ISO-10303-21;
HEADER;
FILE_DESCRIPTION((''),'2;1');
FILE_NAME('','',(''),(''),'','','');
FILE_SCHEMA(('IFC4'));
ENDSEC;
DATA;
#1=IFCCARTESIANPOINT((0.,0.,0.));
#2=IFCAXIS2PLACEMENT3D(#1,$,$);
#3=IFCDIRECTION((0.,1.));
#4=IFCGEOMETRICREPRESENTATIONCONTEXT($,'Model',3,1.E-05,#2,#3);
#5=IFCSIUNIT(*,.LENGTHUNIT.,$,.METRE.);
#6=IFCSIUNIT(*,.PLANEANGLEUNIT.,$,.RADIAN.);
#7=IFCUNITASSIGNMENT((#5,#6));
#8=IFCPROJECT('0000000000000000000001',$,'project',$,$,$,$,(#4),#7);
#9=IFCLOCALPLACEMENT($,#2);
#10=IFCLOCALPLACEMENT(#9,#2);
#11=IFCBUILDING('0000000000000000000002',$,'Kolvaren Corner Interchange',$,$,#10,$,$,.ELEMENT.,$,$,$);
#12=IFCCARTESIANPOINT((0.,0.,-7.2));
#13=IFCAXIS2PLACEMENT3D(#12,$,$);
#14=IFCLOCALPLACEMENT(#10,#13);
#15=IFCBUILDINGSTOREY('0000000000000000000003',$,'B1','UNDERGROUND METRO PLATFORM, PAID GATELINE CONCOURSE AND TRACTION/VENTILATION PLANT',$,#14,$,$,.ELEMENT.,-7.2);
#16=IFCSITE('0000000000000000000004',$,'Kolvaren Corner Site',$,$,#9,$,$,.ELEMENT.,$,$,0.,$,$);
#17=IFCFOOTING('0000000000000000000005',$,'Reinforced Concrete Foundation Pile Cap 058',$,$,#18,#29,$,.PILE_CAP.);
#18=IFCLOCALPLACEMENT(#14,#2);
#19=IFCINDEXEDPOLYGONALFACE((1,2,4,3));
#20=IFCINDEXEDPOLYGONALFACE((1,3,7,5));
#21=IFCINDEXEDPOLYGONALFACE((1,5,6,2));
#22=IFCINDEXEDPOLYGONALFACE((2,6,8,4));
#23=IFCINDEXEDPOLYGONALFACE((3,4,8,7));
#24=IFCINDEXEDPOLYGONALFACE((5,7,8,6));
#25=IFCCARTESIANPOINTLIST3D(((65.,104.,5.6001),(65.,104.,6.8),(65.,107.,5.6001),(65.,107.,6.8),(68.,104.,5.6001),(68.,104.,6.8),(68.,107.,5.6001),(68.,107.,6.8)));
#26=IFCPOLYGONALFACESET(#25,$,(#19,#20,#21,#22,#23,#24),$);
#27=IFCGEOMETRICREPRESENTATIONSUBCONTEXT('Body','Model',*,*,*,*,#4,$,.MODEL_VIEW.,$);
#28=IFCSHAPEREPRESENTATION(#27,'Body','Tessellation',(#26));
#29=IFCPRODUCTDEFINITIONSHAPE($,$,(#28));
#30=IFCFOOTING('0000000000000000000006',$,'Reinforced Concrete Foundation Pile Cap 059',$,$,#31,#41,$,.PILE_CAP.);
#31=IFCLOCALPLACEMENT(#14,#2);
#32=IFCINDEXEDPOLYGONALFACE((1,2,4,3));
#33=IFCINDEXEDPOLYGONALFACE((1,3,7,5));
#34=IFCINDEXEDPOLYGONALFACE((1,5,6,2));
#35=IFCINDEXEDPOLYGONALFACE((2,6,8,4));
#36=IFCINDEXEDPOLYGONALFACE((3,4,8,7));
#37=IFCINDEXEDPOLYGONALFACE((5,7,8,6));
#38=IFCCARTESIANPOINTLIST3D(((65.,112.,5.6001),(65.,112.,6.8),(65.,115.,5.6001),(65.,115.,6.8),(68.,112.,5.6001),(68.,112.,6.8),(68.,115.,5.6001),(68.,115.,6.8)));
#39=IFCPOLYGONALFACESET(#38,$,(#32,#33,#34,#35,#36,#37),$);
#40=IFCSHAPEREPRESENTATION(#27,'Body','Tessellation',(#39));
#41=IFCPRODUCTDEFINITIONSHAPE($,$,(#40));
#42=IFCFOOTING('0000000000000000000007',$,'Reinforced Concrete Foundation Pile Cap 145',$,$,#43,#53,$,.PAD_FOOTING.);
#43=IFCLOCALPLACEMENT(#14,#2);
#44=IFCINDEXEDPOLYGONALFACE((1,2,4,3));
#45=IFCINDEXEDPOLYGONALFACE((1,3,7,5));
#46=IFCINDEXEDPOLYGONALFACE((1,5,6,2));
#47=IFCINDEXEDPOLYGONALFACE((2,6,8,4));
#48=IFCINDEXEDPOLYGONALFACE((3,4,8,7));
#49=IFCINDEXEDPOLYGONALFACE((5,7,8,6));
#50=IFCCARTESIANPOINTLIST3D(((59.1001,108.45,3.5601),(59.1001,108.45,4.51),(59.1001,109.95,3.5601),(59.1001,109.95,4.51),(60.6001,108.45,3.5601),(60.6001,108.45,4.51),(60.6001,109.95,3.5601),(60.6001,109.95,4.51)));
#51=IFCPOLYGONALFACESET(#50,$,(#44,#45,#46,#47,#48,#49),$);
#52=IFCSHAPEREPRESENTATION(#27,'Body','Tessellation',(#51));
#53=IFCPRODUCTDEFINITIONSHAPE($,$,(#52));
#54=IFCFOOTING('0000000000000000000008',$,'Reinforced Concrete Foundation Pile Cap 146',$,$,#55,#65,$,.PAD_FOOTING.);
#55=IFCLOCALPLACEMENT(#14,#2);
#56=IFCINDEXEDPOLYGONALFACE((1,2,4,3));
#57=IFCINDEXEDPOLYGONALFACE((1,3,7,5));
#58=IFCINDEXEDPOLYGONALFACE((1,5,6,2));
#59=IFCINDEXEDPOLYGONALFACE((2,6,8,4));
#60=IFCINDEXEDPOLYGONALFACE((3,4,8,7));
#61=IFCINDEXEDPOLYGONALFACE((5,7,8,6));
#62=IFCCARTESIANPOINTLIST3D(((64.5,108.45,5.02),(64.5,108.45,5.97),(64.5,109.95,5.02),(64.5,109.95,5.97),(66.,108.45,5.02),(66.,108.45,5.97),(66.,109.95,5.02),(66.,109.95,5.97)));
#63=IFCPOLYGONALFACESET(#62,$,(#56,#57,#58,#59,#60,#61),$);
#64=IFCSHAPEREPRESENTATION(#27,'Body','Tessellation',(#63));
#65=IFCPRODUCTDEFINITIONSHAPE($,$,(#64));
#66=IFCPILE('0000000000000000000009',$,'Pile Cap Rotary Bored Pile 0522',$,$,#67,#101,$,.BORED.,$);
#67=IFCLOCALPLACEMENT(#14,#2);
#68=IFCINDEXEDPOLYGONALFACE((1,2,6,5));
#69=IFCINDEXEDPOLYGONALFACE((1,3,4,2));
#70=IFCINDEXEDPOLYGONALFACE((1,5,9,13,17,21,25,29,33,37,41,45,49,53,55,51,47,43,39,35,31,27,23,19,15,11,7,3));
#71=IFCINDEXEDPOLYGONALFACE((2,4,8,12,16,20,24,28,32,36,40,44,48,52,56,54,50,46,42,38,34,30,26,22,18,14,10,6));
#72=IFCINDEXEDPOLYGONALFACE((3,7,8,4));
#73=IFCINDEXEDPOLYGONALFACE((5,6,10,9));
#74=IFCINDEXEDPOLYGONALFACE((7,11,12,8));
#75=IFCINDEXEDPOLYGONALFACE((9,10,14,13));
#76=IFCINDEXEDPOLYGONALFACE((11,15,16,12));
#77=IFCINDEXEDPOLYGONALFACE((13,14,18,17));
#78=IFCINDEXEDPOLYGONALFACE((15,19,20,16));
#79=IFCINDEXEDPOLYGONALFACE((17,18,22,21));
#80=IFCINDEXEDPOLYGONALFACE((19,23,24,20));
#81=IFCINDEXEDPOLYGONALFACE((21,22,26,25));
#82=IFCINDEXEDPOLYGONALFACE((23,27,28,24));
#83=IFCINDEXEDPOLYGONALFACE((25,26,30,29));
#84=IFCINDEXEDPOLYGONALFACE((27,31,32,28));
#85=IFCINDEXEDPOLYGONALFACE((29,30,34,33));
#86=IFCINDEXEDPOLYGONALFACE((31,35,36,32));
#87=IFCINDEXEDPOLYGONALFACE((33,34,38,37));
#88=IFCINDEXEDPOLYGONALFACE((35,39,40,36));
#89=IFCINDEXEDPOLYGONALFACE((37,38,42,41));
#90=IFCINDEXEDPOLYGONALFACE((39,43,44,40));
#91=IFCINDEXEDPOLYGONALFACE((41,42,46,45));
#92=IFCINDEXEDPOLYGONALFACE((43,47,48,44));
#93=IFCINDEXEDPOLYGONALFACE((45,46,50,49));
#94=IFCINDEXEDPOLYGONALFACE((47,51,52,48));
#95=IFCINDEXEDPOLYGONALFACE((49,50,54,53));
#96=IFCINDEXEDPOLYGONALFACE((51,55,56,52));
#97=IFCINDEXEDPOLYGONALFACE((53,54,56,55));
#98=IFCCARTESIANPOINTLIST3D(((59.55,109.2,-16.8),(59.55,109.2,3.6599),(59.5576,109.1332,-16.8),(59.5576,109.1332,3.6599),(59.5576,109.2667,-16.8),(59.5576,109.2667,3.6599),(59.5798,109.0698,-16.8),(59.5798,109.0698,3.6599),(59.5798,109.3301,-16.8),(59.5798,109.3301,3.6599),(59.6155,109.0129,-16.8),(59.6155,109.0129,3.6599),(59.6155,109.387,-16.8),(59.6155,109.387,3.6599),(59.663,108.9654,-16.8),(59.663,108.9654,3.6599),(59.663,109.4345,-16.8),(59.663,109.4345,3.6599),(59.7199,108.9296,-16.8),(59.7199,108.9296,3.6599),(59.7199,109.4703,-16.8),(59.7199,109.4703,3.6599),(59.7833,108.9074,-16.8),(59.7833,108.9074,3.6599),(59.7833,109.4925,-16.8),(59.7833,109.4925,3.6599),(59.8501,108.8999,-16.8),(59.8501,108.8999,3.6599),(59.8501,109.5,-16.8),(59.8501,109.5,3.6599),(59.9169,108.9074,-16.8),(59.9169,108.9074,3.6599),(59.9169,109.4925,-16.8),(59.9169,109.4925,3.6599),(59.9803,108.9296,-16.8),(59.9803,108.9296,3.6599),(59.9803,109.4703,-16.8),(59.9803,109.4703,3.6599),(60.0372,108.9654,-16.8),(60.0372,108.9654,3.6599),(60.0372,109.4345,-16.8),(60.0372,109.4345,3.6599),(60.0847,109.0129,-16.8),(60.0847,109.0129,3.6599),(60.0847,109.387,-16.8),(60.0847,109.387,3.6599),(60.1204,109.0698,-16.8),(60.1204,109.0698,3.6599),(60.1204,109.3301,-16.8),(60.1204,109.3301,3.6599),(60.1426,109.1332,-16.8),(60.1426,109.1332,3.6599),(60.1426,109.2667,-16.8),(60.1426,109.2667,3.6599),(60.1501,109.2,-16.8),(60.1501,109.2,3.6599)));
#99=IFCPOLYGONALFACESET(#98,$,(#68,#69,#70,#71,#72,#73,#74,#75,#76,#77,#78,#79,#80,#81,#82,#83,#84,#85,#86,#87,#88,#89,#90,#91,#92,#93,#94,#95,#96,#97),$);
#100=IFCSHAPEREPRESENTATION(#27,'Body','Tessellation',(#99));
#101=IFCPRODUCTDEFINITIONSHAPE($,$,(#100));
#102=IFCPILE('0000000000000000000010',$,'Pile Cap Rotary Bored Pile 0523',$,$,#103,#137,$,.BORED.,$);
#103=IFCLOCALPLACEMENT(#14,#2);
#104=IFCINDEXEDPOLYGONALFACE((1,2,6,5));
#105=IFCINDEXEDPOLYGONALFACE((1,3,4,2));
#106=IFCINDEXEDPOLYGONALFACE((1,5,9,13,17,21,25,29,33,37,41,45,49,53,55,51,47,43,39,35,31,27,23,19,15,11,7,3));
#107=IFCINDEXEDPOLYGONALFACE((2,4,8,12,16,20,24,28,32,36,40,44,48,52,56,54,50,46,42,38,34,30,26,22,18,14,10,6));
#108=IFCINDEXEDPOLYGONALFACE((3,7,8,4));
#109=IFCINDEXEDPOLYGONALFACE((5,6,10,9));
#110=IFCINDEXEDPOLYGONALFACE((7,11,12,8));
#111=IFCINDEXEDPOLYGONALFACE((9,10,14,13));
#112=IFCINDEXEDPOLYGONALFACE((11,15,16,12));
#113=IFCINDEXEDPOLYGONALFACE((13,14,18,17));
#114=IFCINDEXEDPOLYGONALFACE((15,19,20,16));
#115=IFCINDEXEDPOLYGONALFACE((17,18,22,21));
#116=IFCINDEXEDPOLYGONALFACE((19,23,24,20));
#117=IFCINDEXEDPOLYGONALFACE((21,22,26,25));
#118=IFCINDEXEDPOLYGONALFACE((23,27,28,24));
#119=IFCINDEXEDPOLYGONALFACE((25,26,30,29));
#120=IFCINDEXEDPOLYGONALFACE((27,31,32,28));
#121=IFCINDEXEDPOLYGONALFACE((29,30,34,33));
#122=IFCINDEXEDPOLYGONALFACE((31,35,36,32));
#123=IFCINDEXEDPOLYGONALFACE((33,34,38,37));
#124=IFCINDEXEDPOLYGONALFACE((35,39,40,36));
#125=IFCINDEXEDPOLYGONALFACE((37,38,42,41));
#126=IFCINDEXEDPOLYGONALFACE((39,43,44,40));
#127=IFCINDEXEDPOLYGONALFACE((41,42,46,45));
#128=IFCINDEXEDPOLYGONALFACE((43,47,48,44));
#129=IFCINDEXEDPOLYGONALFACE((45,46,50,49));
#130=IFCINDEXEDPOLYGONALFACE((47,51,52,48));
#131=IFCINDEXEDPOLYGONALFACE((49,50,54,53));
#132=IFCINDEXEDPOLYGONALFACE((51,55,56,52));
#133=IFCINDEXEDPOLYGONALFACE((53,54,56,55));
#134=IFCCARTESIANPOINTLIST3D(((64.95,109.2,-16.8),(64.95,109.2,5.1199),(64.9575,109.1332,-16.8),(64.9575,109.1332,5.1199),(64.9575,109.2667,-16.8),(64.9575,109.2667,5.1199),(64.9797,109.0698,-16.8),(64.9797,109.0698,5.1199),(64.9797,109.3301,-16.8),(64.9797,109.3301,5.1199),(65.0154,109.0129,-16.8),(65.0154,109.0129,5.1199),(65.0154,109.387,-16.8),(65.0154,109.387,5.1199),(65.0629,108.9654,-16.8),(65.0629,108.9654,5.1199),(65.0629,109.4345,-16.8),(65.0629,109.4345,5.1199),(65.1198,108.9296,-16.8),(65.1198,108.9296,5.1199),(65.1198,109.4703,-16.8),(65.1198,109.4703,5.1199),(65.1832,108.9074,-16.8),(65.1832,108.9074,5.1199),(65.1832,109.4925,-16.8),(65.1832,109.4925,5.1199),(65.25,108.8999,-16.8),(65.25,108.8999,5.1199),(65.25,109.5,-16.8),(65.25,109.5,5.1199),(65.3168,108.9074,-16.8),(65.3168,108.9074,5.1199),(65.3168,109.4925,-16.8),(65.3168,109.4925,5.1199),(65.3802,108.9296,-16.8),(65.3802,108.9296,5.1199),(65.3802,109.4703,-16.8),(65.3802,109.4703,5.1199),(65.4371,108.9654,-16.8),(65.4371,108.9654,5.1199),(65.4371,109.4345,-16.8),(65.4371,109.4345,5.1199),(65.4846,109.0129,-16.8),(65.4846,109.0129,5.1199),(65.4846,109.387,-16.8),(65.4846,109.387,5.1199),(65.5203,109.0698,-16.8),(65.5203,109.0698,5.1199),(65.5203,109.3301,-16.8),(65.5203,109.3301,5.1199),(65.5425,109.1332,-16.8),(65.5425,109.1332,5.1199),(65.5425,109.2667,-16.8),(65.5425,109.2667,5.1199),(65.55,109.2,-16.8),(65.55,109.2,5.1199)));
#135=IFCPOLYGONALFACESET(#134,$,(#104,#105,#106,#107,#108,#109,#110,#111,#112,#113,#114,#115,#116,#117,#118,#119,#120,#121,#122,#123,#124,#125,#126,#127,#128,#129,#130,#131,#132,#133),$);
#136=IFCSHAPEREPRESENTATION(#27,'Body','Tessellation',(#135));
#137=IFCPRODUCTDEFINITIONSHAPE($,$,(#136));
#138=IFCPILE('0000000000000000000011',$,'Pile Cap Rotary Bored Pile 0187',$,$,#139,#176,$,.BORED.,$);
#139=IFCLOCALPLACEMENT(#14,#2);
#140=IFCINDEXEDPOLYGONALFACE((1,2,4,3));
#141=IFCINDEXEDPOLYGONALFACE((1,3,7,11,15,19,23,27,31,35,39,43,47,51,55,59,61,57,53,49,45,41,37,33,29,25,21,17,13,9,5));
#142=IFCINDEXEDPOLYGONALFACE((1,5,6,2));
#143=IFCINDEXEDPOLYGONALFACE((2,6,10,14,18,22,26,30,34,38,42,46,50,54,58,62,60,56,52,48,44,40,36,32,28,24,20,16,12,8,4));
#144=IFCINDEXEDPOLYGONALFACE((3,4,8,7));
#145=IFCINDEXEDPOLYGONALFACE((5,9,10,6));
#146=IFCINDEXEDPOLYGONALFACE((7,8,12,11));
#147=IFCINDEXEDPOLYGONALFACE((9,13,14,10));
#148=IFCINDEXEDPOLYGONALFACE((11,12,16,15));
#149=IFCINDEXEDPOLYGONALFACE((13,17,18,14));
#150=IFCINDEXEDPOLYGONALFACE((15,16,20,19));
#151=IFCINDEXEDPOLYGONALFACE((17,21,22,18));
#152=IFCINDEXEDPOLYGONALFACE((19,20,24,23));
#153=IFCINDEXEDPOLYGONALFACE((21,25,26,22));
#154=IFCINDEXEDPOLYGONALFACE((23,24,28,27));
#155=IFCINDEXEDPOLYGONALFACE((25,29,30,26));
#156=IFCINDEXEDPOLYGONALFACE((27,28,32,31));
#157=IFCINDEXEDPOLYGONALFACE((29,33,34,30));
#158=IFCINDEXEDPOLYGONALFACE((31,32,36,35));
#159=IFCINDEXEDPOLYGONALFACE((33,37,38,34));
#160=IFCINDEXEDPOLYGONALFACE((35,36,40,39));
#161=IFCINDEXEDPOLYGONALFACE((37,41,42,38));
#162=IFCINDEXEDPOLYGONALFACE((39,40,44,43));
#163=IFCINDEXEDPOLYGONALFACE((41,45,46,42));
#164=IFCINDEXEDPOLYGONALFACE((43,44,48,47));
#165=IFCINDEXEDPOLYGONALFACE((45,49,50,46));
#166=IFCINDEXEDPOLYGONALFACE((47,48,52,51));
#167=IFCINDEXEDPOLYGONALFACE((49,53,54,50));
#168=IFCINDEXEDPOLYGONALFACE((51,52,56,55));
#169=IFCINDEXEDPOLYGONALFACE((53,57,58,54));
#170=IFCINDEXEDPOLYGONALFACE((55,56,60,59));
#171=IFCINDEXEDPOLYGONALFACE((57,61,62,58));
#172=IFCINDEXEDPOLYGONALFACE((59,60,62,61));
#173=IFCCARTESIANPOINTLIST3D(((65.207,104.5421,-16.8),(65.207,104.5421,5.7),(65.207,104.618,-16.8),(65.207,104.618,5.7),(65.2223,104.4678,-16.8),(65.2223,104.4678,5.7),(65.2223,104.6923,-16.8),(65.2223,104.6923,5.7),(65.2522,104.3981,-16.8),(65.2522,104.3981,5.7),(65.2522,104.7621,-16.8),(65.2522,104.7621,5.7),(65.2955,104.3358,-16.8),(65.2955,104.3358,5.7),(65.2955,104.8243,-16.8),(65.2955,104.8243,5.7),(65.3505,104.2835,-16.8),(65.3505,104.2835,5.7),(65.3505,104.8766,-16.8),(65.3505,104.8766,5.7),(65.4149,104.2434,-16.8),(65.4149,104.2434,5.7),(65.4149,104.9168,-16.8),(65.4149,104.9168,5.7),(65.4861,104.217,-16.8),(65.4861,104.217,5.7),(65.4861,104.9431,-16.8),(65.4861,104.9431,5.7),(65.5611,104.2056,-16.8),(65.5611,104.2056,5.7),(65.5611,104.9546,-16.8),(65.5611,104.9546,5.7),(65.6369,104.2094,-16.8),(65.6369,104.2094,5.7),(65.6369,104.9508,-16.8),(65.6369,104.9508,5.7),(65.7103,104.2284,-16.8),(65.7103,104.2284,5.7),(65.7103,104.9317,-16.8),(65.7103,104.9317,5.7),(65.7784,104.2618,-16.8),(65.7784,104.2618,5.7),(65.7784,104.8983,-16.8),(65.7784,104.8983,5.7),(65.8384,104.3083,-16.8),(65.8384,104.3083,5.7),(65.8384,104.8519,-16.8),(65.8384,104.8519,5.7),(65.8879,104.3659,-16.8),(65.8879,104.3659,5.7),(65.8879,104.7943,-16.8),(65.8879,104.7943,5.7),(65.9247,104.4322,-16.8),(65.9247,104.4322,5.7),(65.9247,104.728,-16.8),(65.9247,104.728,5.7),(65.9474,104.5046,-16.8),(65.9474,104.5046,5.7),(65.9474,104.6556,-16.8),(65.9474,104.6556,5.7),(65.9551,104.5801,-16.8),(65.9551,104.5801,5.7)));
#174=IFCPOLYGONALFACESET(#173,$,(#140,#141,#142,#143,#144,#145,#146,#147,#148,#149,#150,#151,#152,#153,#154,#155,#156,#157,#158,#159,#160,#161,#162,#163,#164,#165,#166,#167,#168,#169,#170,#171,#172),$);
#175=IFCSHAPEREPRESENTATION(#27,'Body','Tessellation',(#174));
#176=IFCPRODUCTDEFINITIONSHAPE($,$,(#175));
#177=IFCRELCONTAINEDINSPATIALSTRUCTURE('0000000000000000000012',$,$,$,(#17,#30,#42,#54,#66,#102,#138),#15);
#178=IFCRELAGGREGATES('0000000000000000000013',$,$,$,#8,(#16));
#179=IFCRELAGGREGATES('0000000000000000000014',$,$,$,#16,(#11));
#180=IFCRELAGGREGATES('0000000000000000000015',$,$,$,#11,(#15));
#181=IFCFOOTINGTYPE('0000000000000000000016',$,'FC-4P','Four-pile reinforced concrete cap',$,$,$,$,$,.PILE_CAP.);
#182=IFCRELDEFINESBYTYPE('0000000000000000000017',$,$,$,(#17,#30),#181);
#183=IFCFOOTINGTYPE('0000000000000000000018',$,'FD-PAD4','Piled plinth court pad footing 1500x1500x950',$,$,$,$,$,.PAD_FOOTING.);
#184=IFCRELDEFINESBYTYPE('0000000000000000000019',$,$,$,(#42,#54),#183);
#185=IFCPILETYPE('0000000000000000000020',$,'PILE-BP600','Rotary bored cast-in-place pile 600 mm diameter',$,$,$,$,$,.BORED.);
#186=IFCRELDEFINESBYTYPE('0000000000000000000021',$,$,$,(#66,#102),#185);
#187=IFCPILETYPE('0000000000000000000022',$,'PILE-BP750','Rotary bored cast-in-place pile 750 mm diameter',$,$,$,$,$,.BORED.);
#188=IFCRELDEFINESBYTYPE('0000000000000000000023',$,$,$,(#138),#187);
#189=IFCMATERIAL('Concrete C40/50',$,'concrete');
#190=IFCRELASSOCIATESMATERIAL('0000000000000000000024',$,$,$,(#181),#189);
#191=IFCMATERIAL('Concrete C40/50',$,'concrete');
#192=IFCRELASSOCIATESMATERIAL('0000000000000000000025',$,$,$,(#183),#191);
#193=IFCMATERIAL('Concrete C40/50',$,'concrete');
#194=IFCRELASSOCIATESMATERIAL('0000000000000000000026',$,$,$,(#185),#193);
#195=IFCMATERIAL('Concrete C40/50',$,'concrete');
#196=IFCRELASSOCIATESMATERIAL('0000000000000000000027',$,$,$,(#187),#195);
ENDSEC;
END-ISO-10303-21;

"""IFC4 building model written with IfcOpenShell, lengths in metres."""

from ifc_helpers import new_model, si_unit, direction, frame, origin, origin_2d, place, context, subcontext, project, spatial, rectangle, circle, extrude, material, material_profile, profile_set, type_object, element, save


model = new_model("IFC4")

# Units and contexts
model_context = context("Model", 3, precision=1e-05, world=origin(), true_north=direction((0.0, 1.0)))
body_context = subcontext(model_context, "Body", "Model", "MODEL_VIEW")
ifc_project = project(units=[si_unit("LENGTHUNIT", "METRE"), si_unit("PLANEANGLEUNIT", "RADIAN")], contexts=[model_context])

# Site, building, storey
site_placement = place(None, origin())
site = spatial("IfcSite", under=ifc_project, at=site_placement, Name="Kolvaren Corner Site", CompositionType="ELEMENT", RefElevation=0.0)
building_placement = place(site_placement, origin())
building = spatial("IfcBuilding", under=site, at=building_placement, Name="Kolvaren Corner Interchange", CompositionType="ELEMENT")
storey_placement = place(building_placement, frame((0.0, 0.0, -7.2)))
storey = spatial("IfcBuildingStorey", under=building, at=storey_placement, Name="B1", Description="UNDERGROUND METRO PLATFORM, PAID GATELINE CONCOURSE AND TRACTION/VENTILATION PLANT", CompositionType="ELEMENT", Elevation=-7.2)

# Footings
ifc_material_1 = material(Name="Concrete C40/50", Category="concrete")
footing_type_1 = type_object("IfcFootingType", Name="FC-4P", Description="Four-pile reinforced concrete cap", PredefinedType="PILE_CAP", material=ifc_material_1)
for number, where, z_axis, x_axis, name in (
    (1, (66.5, 105.5, 5.6001), (0.0, 0.0, 1.0), (1.0, 0.0, 0.0), "Reinforced Concrete Foundation Pile Cap 058"),
    (2, (66.5, 113.5, 5.6001), (0.0, 0.0, 1.0), (1.0, 0.0, 0.0), "Reinforced Concrete Foundation Pile Cap 059"),
):
    element("IfcFooting", number, at=place(storey_placement, frame(where, z_axis=z_axis, x_axis=x_axis)), inside=storey, type_object=footing_type_1, Name=name, PredefinedType="PILE_CAP", context=body_context, shape_type="SweptSolid", body=[
        extrude(rectangle(XDim=3.0, YDim=3.0, at=origin_2d()), origin(), (0.0, 0.0, 1.0), 1.2),
    ])
ifc_material_2 = material(Name="Concrete C40/50", Category="concrete")
footing_type_2 = type_object("IfcFootingType", Name="FD-PAD4", Description="Piled plinth court pad footing 1500x1500x950", PredefinedType="PAD_FOOTING", material=ifc_material_2)
for number, where, z_axis, x_axis, name in (
    (3, (59.8501, 109.2, 3.5601), (0.0, 0.0, 1.0), (1.0, 0.0, 0.0), "Reinforced Concrete Foundation Pile Cap 145"),
    (4, (65.25, 109.2, 5.02), (0.0, 0.0, 1.0), (1.0, 0.0, 0.0), "Reinforced Concrete Foundation Pile Cap 146"),
):
    element("IfcFooting", number, at=place(storey_placement, frame(where, z_axis=z_axis, x_axis=x_axis)), inside=storey, type_object=footing_type_2, Name=name, PredefinedType="PAD_FOOTING", context=body_context, shape_type="SweptSolid", body=[
        extrude(rectangle(XDim=1.5, YDim=1.5, at=origin_2d()), origin(), (0.0, 0.0, 1.0), 0.95),
    ])

# Piles
ifc_material_3 = material(Name="Concrete C40/50", Category="concrete")
ifc_material_profile_1 = material_profile(ifc_material_3, circle(Radius=0.3, at=origin_2d()), Name="BORED PILE 600")
ifc_profile_set_1 = profile_set([ifc_material_profile_1], Name="Concrete C40/50")
pile_type_1 = type_object("IfcPileType", Name="PILE-BP600", Description="Rotary bored cast-in-place pile 600 mm diameter", PredefinedType="BORED", material=ifc_profile_set_1)
pile_1_placement = place(storey_placement, frame((59.8501, 109.2, 3.6599), z_axis=(0.0, 0.0, -1.0), x_axis=(1.0, 0.0, 0.0)))
element("IfcPile", 5, at=pile_1_placement, inside=storey, type_object=pile_type_1, Name="Pile Cap Rotary Bored Pile 0522", PredefinedType="BORED", context=body_context, shape_type="SweptSolid", body=[
    extrude(circle(Radius=0.3, at=origin_2d()), origin(), (0.0, 0.0, 1.0), 20.46),
])
pile_2_placement = place(storey_placement, frame((65.25, 109.2, 5.1199), z_axis=(0.0, 0.0, -1.0), x_axis=(1.0, 0.0, 0.0)))
element("IfcPile", 6, at=pile_2_placement, inside=storey, type_object=pile_type_1, Name="Pile Cap Rotary Bored Pile 0523", PredefinedType="BORED", context=body_context, shape_type="SweptSolid", body=[
    extrude(circle(Radius=0.3, at=origin_2d()), origin(), (0.0, 0.0, 1.0), 21.9199),
])
ifc_material_4 = material(Name="Concrete C40/50", Category="concrete")
ifc_material_profile_2 = material_profile(ifc_material_4, circle(Radius=0.375, at=origin_2d()), Name="BORED PILE 750")
ifc_profile_set_2 = profile_set([ifc_material_profile_2], Name="Concrete C40/50")
pile_type_2 = type_object("IfcPileType", Name="PILE-BP750", Description="Rotary bored cast-in-place pile 750 mm diameter", PredefinedType="BORED", material=ifc_profile_set_2)
for number, where, z_axis, x_axis, name in (
    (7, (65.5801, 104.5801, 5.7), (0.0, 0.0, -1.0), (1.0, 0.0, 0.0), "Pile Cap Rotary Bored Pile 0187"),
):
    element("IfcPile", number, at=place(storey_placement, frame(where, z_axis=z_axis, x_axis=x_axis)), inside=storey, type_object=pile_type_2, Name=name, PredefinedType="BORED", context=body_context, shape_type="SweptSolid", body=[
        extrude(circle(Radius=0.375, at=origin_2d()), origin(), (0.0, 0.0, 1.0), 22.5),
    ])

save(model, "model.ifc")
